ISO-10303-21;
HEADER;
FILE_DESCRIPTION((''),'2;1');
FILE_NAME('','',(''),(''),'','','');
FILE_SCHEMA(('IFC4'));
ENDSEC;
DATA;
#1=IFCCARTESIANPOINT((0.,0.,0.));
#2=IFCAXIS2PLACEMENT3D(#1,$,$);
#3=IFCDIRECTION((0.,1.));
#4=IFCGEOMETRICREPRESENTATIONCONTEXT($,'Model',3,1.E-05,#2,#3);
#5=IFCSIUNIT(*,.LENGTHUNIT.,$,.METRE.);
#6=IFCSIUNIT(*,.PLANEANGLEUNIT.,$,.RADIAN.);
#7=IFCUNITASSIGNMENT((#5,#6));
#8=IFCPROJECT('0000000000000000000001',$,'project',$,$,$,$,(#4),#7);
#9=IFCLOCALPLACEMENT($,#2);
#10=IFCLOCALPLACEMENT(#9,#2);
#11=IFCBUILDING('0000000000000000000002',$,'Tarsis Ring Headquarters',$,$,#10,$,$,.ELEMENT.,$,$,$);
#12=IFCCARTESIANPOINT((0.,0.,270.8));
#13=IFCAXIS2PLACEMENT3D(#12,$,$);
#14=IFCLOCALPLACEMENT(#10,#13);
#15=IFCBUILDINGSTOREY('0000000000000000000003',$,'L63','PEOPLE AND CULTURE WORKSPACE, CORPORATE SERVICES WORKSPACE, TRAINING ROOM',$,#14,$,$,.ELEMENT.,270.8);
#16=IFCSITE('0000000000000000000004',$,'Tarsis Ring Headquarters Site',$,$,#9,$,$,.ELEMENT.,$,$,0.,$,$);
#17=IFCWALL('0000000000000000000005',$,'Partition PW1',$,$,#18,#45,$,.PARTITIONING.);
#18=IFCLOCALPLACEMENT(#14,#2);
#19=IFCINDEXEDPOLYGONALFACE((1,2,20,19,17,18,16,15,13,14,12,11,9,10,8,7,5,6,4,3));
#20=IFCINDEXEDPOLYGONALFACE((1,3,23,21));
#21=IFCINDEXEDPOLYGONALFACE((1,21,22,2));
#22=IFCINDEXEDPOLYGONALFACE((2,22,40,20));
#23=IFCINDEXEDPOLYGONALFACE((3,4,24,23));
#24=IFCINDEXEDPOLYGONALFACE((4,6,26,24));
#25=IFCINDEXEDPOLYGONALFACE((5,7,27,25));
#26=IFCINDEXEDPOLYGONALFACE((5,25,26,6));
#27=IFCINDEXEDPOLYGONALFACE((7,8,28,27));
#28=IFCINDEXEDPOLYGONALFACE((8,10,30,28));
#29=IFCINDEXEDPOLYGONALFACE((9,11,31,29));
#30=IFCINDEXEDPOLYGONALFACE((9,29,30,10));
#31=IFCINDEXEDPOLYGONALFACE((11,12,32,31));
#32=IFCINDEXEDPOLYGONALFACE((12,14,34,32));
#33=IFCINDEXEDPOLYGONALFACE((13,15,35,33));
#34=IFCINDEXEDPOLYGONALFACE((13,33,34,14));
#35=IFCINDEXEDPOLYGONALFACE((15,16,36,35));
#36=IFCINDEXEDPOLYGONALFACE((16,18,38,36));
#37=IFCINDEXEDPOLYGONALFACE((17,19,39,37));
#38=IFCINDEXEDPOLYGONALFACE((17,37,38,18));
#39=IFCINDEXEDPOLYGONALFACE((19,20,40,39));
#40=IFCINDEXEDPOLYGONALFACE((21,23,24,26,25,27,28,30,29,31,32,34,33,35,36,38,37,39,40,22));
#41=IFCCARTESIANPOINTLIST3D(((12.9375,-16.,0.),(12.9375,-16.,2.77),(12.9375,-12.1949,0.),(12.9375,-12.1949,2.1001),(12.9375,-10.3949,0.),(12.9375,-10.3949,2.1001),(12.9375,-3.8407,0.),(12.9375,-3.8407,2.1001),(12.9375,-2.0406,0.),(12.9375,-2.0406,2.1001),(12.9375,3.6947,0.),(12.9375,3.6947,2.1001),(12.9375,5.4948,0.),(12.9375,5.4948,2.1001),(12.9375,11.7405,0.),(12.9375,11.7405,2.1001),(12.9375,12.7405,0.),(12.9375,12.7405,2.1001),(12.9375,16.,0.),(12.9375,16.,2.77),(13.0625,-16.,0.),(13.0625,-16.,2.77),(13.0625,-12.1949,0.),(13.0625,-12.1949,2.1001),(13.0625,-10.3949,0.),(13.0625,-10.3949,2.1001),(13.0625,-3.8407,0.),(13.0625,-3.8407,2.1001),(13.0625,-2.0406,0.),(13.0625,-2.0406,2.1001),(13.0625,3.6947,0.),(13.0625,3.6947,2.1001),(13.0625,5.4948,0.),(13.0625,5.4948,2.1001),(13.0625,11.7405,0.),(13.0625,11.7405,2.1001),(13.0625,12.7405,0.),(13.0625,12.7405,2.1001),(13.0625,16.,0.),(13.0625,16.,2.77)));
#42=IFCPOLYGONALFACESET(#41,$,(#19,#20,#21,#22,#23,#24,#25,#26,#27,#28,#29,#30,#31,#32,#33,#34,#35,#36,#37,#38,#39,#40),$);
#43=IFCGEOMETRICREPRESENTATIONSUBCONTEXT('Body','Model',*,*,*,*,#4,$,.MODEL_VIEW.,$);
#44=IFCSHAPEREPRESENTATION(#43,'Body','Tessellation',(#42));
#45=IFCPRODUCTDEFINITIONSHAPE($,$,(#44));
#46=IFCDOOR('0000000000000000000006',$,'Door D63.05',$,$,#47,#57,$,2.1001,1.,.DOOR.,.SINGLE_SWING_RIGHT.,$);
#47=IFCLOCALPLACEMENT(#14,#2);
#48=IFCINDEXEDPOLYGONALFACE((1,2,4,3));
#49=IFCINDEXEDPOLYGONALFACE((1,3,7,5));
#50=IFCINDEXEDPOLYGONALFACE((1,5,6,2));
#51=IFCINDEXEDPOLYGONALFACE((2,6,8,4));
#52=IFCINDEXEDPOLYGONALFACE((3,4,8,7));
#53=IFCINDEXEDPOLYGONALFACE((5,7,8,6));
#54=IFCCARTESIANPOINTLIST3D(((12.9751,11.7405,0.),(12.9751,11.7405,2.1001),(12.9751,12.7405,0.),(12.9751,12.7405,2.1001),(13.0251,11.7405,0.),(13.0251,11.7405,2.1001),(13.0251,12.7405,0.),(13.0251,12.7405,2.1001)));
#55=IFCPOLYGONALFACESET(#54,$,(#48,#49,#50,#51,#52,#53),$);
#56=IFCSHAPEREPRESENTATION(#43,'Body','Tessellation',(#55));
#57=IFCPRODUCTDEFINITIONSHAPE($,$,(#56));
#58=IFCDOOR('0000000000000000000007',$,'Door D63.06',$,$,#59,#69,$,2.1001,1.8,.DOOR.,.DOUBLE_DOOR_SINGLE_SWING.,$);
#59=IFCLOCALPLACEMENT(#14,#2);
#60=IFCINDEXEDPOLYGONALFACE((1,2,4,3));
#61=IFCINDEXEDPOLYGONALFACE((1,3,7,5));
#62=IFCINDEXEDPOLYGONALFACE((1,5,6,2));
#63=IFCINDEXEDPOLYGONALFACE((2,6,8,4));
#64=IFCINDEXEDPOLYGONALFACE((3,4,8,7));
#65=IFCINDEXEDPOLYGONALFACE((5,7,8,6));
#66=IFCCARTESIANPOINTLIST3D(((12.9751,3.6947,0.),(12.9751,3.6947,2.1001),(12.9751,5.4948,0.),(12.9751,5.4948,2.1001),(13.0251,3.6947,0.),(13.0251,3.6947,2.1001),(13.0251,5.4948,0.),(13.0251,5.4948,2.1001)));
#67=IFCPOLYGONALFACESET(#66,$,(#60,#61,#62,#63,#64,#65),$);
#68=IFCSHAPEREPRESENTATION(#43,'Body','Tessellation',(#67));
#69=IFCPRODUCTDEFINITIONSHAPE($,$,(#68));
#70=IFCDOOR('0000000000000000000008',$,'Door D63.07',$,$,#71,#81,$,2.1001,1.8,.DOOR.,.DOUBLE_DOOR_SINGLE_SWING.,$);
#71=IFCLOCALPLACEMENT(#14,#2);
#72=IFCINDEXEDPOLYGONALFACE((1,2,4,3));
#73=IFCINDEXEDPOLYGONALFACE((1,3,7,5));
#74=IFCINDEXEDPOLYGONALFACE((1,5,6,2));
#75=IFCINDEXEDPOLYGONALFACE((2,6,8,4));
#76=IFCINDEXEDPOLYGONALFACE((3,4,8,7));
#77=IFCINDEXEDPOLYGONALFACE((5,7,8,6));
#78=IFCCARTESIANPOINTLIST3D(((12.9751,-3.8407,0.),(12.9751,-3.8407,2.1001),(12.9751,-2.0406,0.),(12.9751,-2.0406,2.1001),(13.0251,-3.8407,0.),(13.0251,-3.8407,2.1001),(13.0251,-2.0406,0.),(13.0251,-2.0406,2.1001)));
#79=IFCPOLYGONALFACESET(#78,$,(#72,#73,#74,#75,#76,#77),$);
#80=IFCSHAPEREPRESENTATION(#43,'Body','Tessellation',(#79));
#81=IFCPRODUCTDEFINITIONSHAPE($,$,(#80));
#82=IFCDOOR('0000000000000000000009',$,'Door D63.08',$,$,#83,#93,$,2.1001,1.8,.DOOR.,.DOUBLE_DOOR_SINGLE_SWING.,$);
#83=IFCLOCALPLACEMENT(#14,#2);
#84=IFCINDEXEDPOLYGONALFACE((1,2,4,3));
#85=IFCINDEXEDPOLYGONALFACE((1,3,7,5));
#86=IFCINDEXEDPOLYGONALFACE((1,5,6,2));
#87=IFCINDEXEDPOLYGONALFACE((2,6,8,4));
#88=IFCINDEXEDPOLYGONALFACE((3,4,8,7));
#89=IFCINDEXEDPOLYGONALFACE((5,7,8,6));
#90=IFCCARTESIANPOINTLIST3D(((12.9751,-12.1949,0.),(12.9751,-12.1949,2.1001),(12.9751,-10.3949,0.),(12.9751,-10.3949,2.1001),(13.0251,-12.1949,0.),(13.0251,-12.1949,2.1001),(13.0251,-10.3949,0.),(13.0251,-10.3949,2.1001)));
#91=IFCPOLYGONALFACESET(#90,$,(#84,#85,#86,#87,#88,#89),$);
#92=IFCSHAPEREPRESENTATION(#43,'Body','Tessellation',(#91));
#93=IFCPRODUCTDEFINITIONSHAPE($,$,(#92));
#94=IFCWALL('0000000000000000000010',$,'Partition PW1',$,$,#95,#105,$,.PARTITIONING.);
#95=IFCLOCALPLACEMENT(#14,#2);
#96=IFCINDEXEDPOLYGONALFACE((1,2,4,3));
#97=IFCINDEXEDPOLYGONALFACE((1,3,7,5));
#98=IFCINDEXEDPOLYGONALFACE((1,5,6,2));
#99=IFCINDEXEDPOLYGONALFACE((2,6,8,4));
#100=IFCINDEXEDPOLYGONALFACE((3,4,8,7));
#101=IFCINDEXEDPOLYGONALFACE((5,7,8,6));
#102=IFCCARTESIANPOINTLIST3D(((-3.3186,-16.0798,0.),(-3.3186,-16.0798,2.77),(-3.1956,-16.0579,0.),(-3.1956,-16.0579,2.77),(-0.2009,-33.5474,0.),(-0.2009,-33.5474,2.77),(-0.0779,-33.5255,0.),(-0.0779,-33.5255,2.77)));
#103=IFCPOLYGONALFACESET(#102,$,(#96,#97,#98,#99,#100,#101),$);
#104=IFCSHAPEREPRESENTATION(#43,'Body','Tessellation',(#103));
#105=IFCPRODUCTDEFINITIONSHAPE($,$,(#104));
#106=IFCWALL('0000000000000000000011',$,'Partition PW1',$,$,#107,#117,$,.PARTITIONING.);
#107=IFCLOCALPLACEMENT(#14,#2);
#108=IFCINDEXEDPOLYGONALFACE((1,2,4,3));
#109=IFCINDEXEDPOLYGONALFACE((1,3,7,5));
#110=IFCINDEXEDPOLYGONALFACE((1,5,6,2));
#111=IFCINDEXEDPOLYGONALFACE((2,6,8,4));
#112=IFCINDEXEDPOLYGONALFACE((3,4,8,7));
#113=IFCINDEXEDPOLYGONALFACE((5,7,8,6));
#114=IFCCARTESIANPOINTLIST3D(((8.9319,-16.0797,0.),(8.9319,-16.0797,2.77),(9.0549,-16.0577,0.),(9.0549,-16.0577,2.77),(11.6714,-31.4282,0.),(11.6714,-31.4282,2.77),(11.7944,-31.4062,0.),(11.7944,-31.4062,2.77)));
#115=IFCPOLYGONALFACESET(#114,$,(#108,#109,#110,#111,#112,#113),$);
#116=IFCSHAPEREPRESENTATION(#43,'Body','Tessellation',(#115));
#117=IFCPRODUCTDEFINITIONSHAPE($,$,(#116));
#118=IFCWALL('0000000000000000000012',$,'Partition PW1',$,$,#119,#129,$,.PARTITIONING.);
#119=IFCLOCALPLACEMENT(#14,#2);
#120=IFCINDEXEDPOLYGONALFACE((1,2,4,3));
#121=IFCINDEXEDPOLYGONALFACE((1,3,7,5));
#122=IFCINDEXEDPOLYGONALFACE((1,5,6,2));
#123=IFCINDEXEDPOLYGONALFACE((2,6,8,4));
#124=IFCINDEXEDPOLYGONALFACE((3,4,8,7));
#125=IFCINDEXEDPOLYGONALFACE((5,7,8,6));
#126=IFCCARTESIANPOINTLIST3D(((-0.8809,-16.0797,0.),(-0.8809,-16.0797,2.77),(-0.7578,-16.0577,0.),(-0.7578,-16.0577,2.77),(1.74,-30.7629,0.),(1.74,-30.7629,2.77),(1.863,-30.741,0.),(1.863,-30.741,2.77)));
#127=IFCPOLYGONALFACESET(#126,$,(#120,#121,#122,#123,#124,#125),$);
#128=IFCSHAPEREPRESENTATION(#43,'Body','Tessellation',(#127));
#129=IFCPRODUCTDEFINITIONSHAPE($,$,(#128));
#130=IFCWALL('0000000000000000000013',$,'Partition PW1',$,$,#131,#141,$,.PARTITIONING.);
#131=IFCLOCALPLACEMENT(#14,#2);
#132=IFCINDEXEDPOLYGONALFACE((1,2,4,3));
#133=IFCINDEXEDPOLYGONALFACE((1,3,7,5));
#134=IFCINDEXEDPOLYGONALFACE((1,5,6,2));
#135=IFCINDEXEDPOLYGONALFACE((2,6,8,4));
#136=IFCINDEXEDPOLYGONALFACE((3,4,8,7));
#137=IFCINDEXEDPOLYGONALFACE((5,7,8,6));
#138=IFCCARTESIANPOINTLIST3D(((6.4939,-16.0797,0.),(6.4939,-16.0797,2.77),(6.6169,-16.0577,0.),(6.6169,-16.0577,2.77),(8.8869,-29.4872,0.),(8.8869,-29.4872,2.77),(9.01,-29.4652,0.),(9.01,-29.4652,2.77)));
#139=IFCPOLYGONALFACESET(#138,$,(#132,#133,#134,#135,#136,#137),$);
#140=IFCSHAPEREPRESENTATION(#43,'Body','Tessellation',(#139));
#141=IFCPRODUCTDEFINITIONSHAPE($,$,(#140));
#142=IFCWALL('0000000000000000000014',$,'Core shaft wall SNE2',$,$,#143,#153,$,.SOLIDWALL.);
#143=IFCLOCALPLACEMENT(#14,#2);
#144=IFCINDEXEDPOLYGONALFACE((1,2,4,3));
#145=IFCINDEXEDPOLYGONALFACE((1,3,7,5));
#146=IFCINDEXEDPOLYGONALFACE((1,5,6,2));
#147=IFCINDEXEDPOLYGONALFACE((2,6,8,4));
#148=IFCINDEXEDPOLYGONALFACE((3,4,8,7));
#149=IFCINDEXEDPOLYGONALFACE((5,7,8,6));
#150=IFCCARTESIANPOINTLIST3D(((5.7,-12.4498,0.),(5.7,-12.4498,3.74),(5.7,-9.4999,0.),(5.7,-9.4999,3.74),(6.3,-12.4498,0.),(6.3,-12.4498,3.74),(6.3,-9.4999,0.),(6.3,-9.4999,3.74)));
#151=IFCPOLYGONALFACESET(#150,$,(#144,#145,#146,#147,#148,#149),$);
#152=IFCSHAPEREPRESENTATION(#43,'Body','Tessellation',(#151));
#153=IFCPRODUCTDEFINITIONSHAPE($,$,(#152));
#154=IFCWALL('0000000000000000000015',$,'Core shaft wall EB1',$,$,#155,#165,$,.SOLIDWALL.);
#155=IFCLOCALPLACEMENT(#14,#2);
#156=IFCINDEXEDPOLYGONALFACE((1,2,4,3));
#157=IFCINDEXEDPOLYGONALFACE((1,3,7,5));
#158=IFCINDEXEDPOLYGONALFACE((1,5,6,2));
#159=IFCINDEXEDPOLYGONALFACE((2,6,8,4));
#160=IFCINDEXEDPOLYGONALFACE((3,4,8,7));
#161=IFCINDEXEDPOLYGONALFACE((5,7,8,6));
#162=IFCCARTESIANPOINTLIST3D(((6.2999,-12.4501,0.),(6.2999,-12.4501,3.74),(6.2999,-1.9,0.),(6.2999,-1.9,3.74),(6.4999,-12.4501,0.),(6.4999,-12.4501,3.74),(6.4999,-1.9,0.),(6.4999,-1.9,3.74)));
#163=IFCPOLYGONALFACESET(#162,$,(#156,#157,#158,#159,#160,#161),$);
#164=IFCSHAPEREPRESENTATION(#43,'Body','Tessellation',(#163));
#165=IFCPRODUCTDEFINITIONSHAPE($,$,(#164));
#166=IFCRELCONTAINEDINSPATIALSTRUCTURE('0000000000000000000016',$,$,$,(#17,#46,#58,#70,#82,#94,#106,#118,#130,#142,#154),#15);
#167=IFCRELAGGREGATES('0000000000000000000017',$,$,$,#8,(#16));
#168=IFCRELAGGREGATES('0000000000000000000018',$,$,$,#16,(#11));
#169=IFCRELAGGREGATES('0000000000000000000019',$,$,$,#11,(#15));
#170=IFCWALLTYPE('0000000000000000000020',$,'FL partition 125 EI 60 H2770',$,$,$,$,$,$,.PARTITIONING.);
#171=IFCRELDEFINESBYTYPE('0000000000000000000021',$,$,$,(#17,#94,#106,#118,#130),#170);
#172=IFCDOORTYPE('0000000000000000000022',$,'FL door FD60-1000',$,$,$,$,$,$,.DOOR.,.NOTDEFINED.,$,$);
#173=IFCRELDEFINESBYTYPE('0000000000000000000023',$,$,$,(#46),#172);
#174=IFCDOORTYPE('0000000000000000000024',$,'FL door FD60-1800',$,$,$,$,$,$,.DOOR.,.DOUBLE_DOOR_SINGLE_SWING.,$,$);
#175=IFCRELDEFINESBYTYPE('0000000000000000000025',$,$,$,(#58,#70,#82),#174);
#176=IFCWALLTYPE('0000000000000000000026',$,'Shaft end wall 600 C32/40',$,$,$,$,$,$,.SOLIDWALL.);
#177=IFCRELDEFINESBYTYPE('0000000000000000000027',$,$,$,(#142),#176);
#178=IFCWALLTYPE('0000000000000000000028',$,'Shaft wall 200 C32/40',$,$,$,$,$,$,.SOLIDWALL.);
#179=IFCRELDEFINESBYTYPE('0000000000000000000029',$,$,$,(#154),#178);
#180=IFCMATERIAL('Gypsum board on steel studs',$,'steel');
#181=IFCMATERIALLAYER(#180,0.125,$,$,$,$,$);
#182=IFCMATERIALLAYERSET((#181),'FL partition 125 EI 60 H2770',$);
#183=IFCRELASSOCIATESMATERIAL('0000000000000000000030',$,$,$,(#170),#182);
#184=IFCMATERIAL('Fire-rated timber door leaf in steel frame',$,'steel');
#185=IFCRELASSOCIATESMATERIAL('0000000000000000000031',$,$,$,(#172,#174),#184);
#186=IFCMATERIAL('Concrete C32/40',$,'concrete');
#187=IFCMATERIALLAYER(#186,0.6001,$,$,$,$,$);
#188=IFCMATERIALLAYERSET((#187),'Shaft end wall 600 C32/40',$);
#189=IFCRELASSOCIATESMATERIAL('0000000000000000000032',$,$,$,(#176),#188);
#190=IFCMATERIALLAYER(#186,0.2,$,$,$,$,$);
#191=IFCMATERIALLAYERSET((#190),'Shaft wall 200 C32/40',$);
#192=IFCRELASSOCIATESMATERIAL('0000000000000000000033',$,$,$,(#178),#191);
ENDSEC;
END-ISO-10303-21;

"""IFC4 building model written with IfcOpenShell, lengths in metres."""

from ifc_helpers import new_model, si_unit, direction, frame, frame_2d, origin, place, context, subcontext, project, spatial, rectangle, extrude, material, layer, layer_set, type_object, element, fill, save


model = new_model("IFC4")

# Units and contexts
model_context = context("Model", 3, precision=1e-05, world=origin(), true_north=direction((0.0, 1.0)))
body_context = subcontext(model_context, "Body", "Model", "MODEL_VIEW")
ifc_project = project(units=[si_unit("LENGTHUNIT", "METRE"), si_unit("PLANEANGLEUNIT", "RADIAN")], contexts=[model_context])

# Site, building, storey
site_placement = place(None, origin())
site = spatial("IfcSite", under=ifc_project, at=site_placement, Name="Tarsis Ring Headquarters Site", CompositionType="ELEMENT", RefElevation=0.0)
building_placement = place(site_placement, origin())
building = spatial("IfcBuilding", under=site, at=building_placement, Name="Tarsis Ring Headquarters", CompositionType="ELEMENT")
storey_placement = place(building_placement, frame((0.0, 0.0, 270.8)))
storey = spatial("IfcBuildingStorey", under=building, at=storey_placement, Name="L63", Description="PEOPLE AND CULTURE WORKSPACE, CORPORATE SERVICES WORKSPACE, TRAINING ROOM", CompositionType="ELEMENT", Elevation=270.8)

# Shared definitions
ifc_material_1 = material(Name="Gypsum board on steel studs", Category="steel")

# Wall, openings, doors
ifc_layer_1 = layer(ifc_material_1, 0.125)
ifc_layer_set_1 = layer_set([ifc_layer_1], Name="FL partition 125 EI 60 H2770")
wall_type_1 = type_object("IfcWallType", Name="FL partition 125 EI 60 H2770", PredefinedType="PARTITIONING", material=ifc_layer_set_1)
wall_1_placement = place(storey_placement, frame((13.0, -16.0, 0.0), z_axis=(0.0, 0.0, 1.0), x_axis=(0.0, 1.0, 0.0)))
wall_1 = element("IfcWall", 1, at=wall_1_placement, inside=storey, type_object=wall_type_1, Name="Partition PW1", PredefinedType="PARTITIONING", context=body_context, shape_type="SweptSolid", body=[
    extrude(rectangle(XDim=32.0, YDim=0.125, at=frame_2d((16.0, 0.0))), origin(), (0.0, 0.0, 1.0), 2.77),
])
opening_1_placement = place(wall_1_placement, frame((27.7405, 0.0, 0.0)))
opening_1 = element("IfcOpeningElement", 2, at=opening_1_placement, cuts=wall_1, PredefinedType="OPENING", context=body_context, shape_type="SweptSolid", body=[
    extrude(rectangle(XDim=1.0, YDim=2.1001, at=frame_2d((0.5, 1.05))), frame((0.0, 0.0725, 0.0), z_axis=(0.0, -1.0, 0.0), x_axis=(1.0, 0.0, 0.0)), (0.0, 0.0, 1.0), 0.145),
])
opening_2_placement = place(wall_1_placement, frame((19.6948, 0.0, 0.0)))
opening_2 = element("IfcOpeningElement", 3, at=opening_2_placement, cuts=wall_1, PredefinedType="OPENING", context=body_context, shape_type="SweptSolid", body=[
    extrude(rectangle(XDim=1.8, YDim=2.1001, at=frame_2d((0.8999, 1.05))), frame((0.0, 0.0725, 0.0), z_axis=(0.0, -1.0, 0.0), x_axis=(1.0, 0.0, 0.0)), (0.0, 0.0, 1.0), 0.145),
])
opening_3_placement = place(wall_1_placement, frame((12.1594, 0.0, 0.0)))
opening_3 = element("IfcOpeningElement", 4, at=opening_3_placement, cuts=wall_1, PredefinedType="OPENING", context=body_context, shape_type="SweptSolid", body=[
    extrude(rectangle(XDim=1.8, YDim=2.1001, at=frame_2d((0.8999, 1.05))), frame((0.0, 0.0725, 0.0), z_axis=(0.0, -1.0, 0.0), x_axis=(1.0, 0.0, 0.0)), (0.0, 0.0, 1.0), 0.145),
])
opening_4_placement = place(wall_1_placement, frame((3.8052, 0.0, 0.0)))
opening_4 = element("IfcOpeningElement", 5, at=opening_4_placement, cuts=wall_1, PredefinedType="OPENING", context=body_context, shape_type="SweptSolid", body=[
    extrude(rectangle(XDim=1.8, YDim=2.1001, at=frame_2d((0.8999, 1.05))), frame((0.0, 0.0725, 0.0), z_axis=(0.0, -1.0, 0.0), x_axis=(1.0, 0.0, 0.0)), (0.0, 0.0, 1.0), 0.145),
])
ifc_material_2 = material(Name="Fire-rated timber door leaf in steel frame", Category="steel")
door_type_1 = type_object("IfcDoorType", Name="FL door FD60-1000", OperationType="NOTDEFINED", PredefinedType="DOOR", material=ifc_material_2)
door_1_placement = place(opening_1_placement, origin())
door_1 = element("IfcDoor", 6, at=door_1_placement, inside=storey, type_object=door_type_1, Name="Door D63.05", OperationType="SINGLE_SWING_RIGHT", OverallHeight=2.1001, OverallWidth=1.0, PredefinedType="DOOR", context=body_context, shape_type="SweptSolid", body=[
    extrude(rectangle(XDim=1.0, YDim=2.1001, at=frame_2d((0.5, 1.05))), frame((0.0, 0.0249, 0.0), z_axis=(0.0, -1.0, 0.0), x_axis=(1.0, 0.0, 0.0)), (0.0, 0.0, 1.0), 0.05),
])
fill(opening_1, door_1)
door_type_2 = type_object("IfcDoorType", Name="FL door FD60-1800", OperationType="DOUBLE_DOOR_SINGLE_SWING", PredefinedType="DOOR", material=ifc_material_2)
door_2_placement = place(opening_2_placement, origin())
door_2 = element("IfcDoor", 7, at=door_2_placement, inside=storey, type_object=door_type_2, Name="Door D63.06", OperationType="DOUBLE_DOOR_SINGLE_SWING", OverallHeight=2.1001, OverallWidth=1.8, PredefinedType="DOOR", context=body_context, shape_type="SweptSolid", body=[
    extrude(rectangle(XDim=1.8, YDim=2.1001, at=frame_2d((0.8999, 1.05))), frame((0.0, 0.0249, 0.0), z_axis=(0.0, -1.0, 0.0), x_axis=(1.0, 0.0, 0.0)), (0.0, 0.0, 1.0), 0.05),
])
fill(opening_2, door_2)
door_3_placement = place(opening_3_placement, origin())
door_3 = element("IfcDoor", 8, at=door_3_placement, inside=storey, type_object=door_type_2, Name="Door D63.07", OperationType="DOUBLE_DOOR_SINGLE_SWING", OverallHeight=2.1001, OverallWidth=1.8, PredefinedType="DOOR", context=body_context, shape_type="SweptSolid", body=[
    extrude(rectangle(XDim=1.8, YDim=2.1001, at=frame_2d((0.8999, 1.05))), frame((0.0, 0.0249, 0.0), z_axis=(0.0, -1.0, 0.0), x_axis=(1.0, 0.0, 0.0)), (0.0, 0.0, 1.0), 0.05),
])
fill(opening_3, door_3)
door_4_placement = place(opening_4_placement, origin())
door_4 = element("IfcDoor", 9, at=door_4_placement, inside=storey, type_object=door_type_2, Name="Door D63.08", OperationType="DOUBLE_DOOR_SINGLE_SWING", OverallHeight=2.1001, OverallWidth=1.8, PredefinedType="DOOR", context=body_context, shape_type="SweptSolid", body=[
    extrude(rectangle(XDim=1.8, YDim=2.1001, at=frame_2d((0.8999, 1.05))), frame((0.0, 0.0249, 0.0), z_axis=(0.0, -1.0, 0.0), x_axis=(1.0, 0.0, 0.0)), (0.0, 0.0, 1.0), 0.05),
])
fill(opening_4, door_4)

# Walls
wall_2_placement = place(storey_placement, frame((-3.2571, -16.0688, 0.0), z_axis=(0.0, 0.0, 1.0), x_axis=(0.175707, -0.984442, 0.0)))
element("IfcWall", 10, at=wall_2_placement, inside=storey, type_object=wall_type_1, Name="Partition PW1", PredefinedType="PARTITIONING", context=body_context, shape_type="SweptSolid", body=[
    extrude(rectangle(XDim=17.7437, YDim=0.125, at=frame_2d((8.8718, 0.0))), origin(), (0.0, 0.0, 1.0), 2.77),
])
wall_3_placement = place(storey_placement, frame((8.9934, -16.0688, 0.0), z_axis=(0.0, 0.0, 1.0), x_axis=(0.175711, -0.984442, 0.0)))
element("IfcWall", 11, at=wall_3_placement, inside=storey, type_object=wall_type_1, Name="Partition PW1", PredefinedType="PARTITIONING", context=body_context, shape_type="SweptSolid", body=[
    extrude(rectangle(XDim=15.5911, YDim=0.125, at=frame_2d((7.7954, 0.0))), origin(), (0.0, 0.0, 1.0), 2.77),
])
wall_4_placement = place(storey_placement, frame((-0.8193, -16.0688, 0.0), z_axis=(0.0, 0.0, 1.0), x_axis=(0.175717, -0.984441, 0.0)))
element("IfcWall", 12, at=wall_4_placement, inside=storey, type_object=wall_type_1, Name="Partition PW1", PredefinedType="PARTITIONING", context=body_context, shape_type="SweptSolid", body=[
    extrude(rectangle(XDim=14.9153, YDim=0.125, at=frame_2d((7.4575, 0.0))), origin(), (0.0, 0.0, 1.0), 2.77),
])
wall_5_placement = place(storey_placement, frame((6.5554, -16.0688, 0.0), z_axis=(0.0, 0.0, 1.0), x_axis=(0.175711, -0.984442, 0.0)))
element("IfcWall", 13, at=wall_5_placement, inside=storey, type_object=wall_type_1, Name="Partition PW1", PredefinedType="PARTITIONING", context=body_context, shape_type="SweptSolid", body=[
    extrude(rectangle(XDim=13.6194, YDim=0.125, at=frame_2d((6.8096, 0.0))), origin(), (0.0, 0.0, 1.0), 2.77),
])
ifc_material_3 = material(Name="Concrete C32/40", Category="concrete")
ifc_layer_2 = layer(ifc_material_3, 0.6001)
ifc_layer_set_2 = layer_set([ifc_layer_2], Name="Shaft end wall 600 C32/40")
wall_type_2 = type_object("IfcWallType", Name="Shaft end wall 600 C32/40", PredefinedType="SOLIDWALL", material=ifc_layer_set_2)
wall_6_placement = place(storey_placement, frame((6.0, -12.45, 0.0), z_axis=(0.0, 0.0, 1.0), x_axis=(0.0, 1.0, 0.0)))
element("IfcWall", 14, at=wall_6_placement, inside=storey, type_object=wall_type_2, Name="Core shaft wall SNE2", PredefinedType="SOLIDWALL", context=body_context, shape_type="SweptSolid", body=[
    extrude(rectangle(XDim=2.95, YDim=0.6001, at=frame_2d((1.4751, 0.0))), origin(), (0.0, 0.0, 1.0), 3.74),
])
ifc_layer_3 = layer(ifc_material_3, 0.2)
ifc_layer_set_3 = layer_set([ifc_layer_3], Name="Shaft wall 200 C32/40")
wall_type_3 = type_object("IfcWallType", Name="Shaft wall 200 C32/40", PredefinedType="SOLIDWALL", material=ifc_layer_set_3)
wall_7_placement = place(storey_placement, frame((6.3999, -12.45, 0.0), z_axis=(0.0, 0.0, 1.0), x_axis=(0.0, 1.0, 0.0)))
element("IfcWall", 15, at=wall_7_placement, inside=storey, type_object=wall_type_3, Name="Core shaft wall EB1", PredefinedType="SOLIDWALL", context=body_context, shape_type="SweptSolid", body=[
    extrude(rectangle(XDim=10.55, YDim=0.2, at=frame_2d((5.2749, 0.0))), origin(), (0.0, 0.0, 1.0), 3.74),
])

save(model, "model.ifc")
